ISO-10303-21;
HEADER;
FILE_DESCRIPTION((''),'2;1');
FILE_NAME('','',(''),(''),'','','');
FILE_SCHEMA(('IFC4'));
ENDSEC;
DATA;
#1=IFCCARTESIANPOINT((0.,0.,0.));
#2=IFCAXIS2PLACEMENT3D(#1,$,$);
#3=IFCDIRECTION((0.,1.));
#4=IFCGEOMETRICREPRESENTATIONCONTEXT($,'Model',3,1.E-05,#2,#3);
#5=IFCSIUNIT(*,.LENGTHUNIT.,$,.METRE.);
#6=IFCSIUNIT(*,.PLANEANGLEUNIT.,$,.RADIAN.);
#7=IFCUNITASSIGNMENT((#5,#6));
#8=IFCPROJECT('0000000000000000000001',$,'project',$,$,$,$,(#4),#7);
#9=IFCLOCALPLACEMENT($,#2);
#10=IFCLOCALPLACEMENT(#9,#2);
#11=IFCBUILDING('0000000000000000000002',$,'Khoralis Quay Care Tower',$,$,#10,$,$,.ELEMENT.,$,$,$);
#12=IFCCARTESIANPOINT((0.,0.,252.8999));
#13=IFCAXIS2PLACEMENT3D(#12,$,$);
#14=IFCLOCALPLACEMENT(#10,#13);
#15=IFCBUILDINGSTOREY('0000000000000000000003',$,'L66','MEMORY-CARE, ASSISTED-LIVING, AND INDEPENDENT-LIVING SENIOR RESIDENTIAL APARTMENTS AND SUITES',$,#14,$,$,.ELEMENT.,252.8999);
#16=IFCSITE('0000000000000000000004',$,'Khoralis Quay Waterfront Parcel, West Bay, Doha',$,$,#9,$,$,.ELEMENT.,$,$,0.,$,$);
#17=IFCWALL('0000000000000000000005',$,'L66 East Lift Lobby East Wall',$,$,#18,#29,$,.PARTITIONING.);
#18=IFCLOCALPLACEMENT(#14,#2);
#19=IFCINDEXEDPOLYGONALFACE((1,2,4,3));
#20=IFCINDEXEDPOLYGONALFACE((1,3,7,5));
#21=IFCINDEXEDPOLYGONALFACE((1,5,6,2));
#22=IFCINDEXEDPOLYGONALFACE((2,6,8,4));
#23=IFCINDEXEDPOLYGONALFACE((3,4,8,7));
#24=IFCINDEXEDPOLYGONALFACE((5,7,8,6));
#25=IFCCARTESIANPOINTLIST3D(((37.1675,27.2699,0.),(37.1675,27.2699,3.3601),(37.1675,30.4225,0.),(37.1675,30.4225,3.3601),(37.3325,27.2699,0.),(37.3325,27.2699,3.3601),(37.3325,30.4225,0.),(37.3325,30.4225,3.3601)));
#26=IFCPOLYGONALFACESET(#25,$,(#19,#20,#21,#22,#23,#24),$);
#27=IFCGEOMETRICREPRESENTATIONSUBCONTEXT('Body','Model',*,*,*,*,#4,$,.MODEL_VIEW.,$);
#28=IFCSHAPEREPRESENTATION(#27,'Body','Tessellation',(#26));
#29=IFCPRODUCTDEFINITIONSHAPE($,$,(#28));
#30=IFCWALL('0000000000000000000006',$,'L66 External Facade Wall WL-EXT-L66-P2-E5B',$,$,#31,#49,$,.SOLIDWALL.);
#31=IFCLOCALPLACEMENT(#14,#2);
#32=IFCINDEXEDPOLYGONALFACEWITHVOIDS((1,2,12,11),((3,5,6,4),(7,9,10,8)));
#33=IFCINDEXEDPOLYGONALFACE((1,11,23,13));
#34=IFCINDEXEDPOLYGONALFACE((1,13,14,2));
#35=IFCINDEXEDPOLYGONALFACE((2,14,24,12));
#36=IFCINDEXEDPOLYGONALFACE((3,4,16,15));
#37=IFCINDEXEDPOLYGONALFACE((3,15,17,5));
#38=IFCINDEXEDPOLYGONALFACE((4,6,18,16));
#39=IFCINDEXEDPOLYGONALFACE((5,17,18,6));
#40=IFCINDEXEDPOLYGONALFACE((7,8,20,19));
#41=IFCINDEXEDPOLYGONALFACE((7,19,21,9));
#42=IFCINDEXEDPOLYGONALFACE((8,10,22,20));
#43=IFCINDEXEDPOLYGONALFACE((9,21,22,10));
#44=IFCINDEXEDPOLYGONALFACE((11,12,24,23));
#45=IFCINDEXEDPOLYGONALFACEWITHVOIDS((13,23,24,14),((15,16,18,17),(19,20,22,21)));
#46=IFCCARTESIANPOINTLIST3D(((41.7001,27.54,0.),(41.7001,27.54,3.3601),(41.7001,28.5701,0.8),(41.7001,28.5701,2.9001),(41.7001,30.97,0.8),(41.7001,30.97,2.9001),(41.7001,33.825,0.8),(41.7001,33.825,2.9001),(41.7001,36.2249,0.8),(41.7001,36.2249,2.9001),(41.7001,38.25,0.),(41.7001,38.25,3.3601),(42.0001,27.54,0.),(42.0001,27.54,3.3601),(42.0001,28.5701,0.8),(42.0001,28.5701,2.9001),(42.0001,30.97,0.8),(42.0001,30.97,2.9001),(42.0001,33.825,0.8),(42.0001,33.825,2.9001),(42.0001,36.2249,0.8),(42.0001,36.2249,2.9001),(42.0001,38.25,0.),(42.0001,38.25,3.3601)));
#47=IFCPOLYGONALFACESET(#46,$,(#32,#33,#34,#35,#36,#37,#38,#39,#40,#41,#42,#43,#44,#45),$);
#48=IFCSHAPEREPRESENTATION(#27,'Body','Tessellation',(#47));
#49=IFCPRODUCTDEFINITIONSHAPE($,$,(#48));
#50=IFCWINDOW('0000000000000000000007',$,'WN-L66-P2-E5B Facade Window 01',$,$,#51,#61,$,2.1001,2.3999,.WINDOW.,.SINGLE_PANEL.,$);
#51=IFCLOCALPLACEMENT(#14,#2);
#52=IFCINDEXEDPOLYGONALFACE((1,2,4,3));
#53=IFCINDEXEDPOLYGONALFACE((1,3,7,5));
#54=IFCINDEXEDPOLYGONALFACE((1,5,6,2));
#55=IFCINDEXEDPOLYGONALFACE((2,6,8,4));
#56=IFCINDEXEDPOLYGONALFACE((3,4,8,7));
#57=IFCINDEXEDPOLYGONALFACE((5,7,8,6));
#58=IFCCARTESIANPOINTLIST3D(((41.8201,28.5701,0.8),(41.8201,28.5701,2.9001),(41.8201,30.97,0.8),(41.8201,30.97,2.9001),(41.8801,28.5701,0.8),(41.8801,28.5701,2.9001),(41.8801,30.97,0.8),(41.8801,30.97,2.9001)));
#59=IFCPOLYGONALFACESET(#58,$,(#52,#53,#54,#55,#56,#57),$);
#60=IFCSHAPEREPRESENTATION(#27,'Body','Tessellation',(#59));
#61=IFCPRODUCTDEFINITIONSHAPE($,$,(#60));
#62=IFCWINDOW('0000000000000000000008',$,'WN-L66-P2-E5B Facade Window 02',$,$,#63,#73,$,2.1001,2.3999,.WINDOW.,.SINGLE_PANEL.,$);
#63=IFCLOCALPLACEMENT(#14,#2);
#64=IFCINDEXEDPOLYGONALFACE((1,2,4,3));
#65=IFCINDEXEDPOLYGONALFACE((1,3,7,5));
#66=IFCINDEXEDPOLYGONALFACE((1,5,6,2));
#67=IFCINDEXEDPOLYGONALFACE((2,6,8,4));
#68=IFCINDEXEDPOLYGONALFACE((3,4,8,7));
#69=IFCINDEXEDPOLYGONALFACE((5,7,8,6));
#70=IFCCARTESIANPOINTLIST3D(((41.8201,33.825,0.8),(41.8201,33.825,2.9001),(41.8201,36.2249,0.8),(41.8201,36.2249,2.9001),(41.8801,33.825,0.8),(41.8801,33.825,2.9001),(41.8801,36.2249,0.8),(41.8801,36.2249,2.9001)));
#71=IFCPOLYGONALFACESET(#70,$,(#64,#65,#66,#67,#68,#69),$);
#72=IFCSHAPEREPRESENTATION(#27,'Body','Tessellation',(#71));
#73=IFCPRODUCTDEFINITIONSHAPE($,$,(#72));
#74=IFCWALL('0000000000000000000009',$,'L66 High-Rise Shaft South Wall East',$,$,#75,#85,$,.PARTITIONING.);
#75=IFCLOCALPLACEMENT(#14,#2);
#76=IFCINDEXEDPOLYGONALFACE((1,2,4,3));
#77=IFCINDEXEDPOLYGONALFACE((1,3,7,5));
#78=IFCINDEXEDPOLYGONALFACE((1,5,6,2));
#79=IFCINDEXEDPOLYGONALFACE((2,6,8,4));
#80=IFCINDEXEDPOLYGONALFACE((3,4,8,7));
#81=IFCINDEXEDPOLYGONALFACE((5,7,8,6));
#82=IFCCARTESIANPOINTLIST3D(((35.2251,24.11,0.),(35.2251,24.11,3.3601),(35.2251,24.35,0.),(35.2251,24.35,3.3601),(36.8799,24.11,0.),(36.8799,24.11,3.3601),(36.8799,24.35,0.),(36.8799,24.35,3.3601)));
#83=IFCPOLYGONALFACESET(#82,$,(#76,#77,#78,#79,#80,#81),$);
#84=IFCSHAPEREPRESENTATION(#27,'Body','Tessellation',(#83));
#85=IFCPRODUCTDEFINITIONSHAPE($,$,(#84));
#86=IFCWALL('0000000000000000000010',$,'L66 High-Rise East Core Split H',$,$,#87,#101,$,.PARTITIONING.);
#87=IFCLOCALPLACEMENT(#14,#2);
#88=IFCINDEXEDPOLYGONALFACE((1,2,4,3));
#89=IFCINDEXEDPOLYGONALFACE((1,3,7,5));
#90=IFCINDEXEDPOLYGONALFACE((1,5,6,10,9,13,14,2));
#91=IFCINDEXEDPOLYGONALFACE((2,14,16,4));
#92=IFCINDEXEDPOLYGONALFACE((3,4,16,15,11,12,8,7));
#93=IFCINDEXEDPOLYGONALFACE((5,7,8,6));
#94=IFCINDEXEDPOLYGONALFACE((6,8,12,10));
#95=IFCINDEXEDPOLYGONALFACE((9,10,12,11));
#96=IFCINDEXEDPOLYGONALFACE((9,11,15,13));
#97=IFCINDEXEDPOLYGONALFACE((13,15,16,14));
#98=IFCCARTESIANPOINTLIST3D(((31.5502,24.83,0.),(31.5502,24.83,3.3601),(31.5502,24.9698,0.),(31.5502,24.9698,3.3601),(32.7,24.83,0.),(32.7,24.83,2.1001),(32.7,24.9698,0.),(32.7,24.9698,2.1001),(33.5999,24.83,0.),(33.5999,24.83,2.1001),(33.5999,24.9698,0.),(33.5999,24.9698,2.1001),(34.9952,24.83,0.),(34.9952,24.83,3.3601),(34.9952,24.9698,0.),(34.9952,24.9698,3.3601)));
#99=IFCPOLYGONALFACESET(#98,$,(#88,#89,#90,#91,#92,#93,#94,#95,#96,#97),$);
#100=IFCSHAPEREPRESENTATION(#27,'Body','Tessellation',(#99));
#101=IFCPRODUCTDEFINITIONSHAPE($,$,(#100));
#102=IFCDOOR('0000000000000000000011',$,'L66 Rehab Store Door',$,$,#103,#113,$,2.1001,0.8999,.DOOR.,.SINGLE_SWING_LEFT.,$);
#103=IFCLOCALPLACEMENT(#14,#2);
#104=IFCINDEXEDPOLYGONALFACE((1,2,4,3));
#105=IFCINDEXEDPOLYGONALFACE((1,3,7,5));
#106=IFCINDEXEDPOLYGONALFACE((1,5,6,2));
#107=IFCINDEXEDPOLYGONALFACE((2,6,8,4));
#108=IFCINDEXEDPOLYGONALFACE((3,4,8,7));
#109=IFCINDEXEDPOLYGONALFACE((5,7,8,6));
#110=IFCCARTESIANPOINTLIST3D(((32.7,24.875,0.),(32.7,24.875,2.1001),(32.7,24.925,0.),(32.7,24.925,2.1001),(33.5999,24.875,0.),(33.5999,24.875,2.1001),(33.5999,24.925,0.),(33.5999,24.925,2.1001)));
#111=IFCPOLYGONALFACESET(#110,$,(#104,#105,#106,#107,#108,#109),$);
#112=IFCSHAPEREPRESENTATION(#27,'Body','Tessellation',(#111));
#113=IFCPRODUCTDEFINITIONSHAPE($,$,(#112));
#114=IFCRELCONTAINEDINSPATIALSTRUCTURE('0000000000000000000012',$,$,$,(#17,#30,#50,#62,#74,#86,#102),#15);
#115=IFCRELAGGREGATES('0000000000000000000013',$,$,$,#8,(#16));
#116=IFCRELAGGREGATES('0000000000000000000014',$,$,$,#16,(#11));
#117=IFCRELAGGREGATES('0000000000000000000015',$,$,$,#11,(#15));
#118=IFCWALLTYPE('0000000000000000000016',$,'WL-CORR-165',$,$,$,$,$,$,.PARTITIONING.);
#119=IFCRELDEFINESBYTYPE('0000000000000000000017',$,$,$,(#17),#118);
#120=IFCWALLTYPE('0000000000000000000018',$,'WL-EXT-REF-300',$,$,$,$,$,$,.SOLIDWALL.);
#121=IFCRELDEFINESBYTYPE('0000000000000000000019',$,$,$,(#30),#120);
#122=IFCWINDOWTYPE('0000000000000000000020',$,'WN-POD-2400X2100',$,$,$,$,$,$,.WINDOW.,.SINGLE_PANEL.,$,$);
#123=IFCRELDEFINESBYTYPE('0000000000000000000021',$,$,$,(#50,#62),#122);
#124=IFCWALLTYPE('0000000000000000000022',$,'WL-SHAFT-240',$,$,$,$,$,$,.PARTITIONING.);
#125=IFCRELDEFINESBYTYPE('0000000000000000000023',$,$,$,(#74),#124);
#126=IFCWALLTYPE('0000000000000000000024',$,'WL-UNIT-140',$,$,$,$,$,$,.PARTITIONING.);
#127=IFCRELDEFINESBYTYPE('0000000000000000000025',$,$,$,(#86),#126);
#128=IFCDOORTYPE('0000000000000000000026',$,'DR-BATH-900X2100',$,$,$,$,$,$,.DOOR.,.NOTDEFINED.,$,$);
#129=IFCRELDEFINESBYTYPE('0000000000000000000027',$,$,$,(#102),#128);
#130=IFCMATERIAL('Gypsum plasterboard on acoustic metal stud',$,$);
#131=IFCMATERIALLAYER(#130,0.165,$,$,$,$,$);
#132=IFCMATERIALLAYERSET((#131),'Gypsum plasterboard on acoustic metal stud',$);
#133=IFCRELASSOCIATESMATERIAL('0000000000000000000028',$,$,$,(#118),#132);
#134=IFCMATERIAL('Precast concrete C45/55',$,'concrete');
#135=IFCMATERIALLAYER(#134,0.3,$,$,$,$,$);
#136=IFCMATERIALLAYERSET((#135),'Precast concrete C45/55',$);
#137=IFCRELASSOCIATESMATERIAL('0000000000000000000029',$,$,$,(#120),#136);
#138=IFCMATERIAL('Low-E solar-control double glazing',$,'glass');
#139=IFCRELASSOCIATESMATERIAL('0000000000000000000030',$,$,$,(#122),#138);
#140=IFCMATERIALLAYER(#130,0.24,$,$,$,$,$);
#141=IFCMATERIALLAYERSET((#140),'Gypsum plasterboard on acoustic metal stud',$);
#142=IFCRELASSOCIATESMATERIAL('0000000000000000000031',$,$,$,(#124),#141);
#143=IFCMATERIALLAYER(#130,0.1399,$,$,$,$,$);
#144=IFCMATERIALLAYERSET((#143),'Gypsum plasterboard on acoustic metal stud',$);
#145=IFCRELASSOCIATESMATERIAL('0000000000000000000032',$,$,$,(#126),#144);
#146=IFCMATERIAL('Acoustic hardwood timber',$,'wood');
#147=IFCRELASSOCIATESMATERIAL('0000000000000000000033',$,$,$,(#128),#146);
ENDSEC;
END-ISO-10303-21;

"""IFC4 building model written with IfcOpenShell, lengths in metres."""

from ifc_helpers import new_model, si_unit, direction, frame, frame_2d, origin, place, context, subcontext, project, spatial, rectangle, extrude, source, transform, mapped, material, layer, layer_set, type_object, element, fill, save


model = new_model("IFC4")

# Units and contexts
model_context = context("Model", 3, precision=1e-05, world=origin(), true_north=direction((0.0, 1.0)))
body_context = subcontext(model_context, "Body", "Model", "MODEL_VIEW")
ifc_project = project(units=[si_unit("LENGTHUNIT", "METRE"), si_unit("PLANEANGLEUNIT", "RADIAN")], contexts=[model_context])

# Site, building, storey
site_placement = place(None, origin())
site = spatial("IfcSite", under=ifc_project, at=site_placement, Name="Khoralis Quay Waterfront Parcel, West Bay, Doha", CompositionType="ELEMENT", RefElevation=0.0)
building_placement = place(site_placement, origin())
building = spatial("IfcBuilding", under=site, at=building_placement, Name="Khoralis Quay Care Tower", CompositionType="ELEMENT")
storey_placement = place(building_placement, frame((0.0, 0.0, 252.8999)))
storey = spatial("IfcBuildingStorey", under=building, at=storey_placement, Name="L66", Description="MEMORY-CARE, ASSISTED-LIVING, AND INDEPENDENT-LIVING SENIOR RESIDENTIAL APARTMENTS AND SUITES", CompositionType="ELEMENT", Elevation=252.8999)

# Shared definitions
ifc_material_1 = material(Name="Low-E solar-control double glazing", Category="glass")

# Shared definitions
ifc_material_2 = material(Name="Acoustic hardwood timber", Category="wood")

# Wall
ifc_material_3 = material(Name="Gypsum plasterboard on acoustic metal stud")
ifc_layer_1 = layer(ifc_material_3, 0.165)
ifc_layer_set_1 = layer_set([ifc_layer_1], Name="Gypsum plasterboard on acoustic metal stud")
wall_type_1 = type_object("IfcWallType", Name="WL-CORR-165", PredefinedType="PARTITIONING", material=ifc_layer_set_1)
for number, where, z_axis, x_axis, name in (
    (1, (37.25, 27.27, 0.0), (0.0, 0.0, 1.0), (0.0, 1.0, 0.0), "L66 East Lift Lobby East Wall"),
):
    element("IfcWall", number, at=place(storey_placement, frame(where, z_axis=z_axis, x_axis=x_axis)), inside=storey, type_object=wall_type_1, Name=name, PredefinedType="PARTITIONING", context=body_context, shape_type="SweptSolid", body=[
        extrude(rectangle(XDim=3.1526, YDim=0.165, at=frame_2d((1.5762, 0.0))), origin(), (0.0, 0.0, 1.0), 3.3601),
    ])

# Wall, openings, windows
ifc_material_4 = material(Name="Precast concrete C45/55", Category="concrete")
ifc_layer_2 = layer(ifc_material_4, 0.3)
ifc_layer_set_2 = layer_set([ifc_layer_2], Name="Precast concrete C45/55")
wall_type_2 = type_object("IfcWallType", Name="WL-EXT-REF-300", PredefinedType="SOLIDWALL", material=ifc_layer_set_2)
wall_1_placement = place(storey_placement, frame((41.8501, 27.54, 0.0), z_axis=(0.0, 0.0, 1.0), x_axis=(0.0, 1.0, 0.0)))
wall_1 = element("IfcWall", 2, at=wall_1_placement, inside=storey, type_object=wall_type_2, Name="L66 External Facade Wall WL-EXT-L66-P2-E5B", PredefinedType="SOLIDWALL", context=body_context, shape_type="SweptSolid", body=[
    extrude(rectangle(XDim=10.71, YDim=0.3, at=frame_2d((5.355, 0.0))), origin(), (0.0, 0.0, 1.0), 3.3601),
])
opening_1_placement = place(wall_1_placement, frame((1.03, 0.0, 0.8)))
opening_1 = element("IfcOpeningElement", 3, at=opening_1_placement, cuts=wall_1, PredefinedType="OPENING", context=body_context, shape_type="SweptSolid", body=[
    extrude(rectangle(XDim=2.3999, YDim=2.1001, at=frame_2d((1.2, 1.05))), frame((0.0, 0.1602, 0.0), z_axis=(0.0, -1.0, 0.0), x_axis=(1.0, 0.0, 0.0)), (0.0, 0.0, 1.0), 0.3201),
])
opening_2_placement = place(wall_1_placement, frame((6.2849, 0.0, 0.8)))
opening_2 = element("IfcOpeningElement", 4, at=opening_2_placement, cuts=wall_1, PredefinedType="OPENING", context=body_context, shape_type="SweptSolid", body=[
    extrude(rectangle(XDim=2.3999, YDim=2.1001, at=frame_2d((1.2, 1.05))), frame((0.0, 0.1602, 0.0), z_axis=(0.0, -1.0, 0.0), x_axis=(1.0, 0.0, 0.0)), (0.0, 0.0, 1.0), 0.3201),
])
window_type = type_object("IfcWindowType", Name="WN-POD-2400X2100", PartitioningType="SINGLE_PANEL", PredefinedType="WINDOW", material=ifc_material_1)
shared_shape_1 = source(origin(), body_context, "Body", "SweptSolid", [
    extrude(rectangle(XDim=2.3999, YDim=2.1001, at=frame_2d((1.2, 1.05))), frame((0.0, 0.03, 0.0), z_axis=(0.0, -1.0, 0.0), x_axis=(1.0, 0.0, 0.0)), (0.0, 0.0, 1.0), 0.0601),
])
window_1_placement = place(opening_1_placement, origin())
window_1 = element("IfcWindow", 5, at=window_1_placement, inside=storey, type_object=window_type, Name="WN-L66-P2-E5B Facade Window 01", OverallHeight=2.1001, OverallWidth=2.3999, PartitioningType="SINGLE_PANEL", PredefinedType="WINDOW", context=body_context, shape_type="MappedRepresentation", body=[
    mapped(shared_shape_1, transform((0.0, 0.0, 0.0), scale=1.0)),
])
fill(opening_1, window_1)
window_2_placement = place(opening_2_placement, origin())
window_2 = element("IfcWindow", 6, at=window_2_placement, inside=storey, type_object=window_type, Name="WN-L66-P2-E5B Facade Window 02", OverallHeight=2.1001, OverallWidth=2.3999, PartitioningType="SINGLE_PANEL", PredefinedType="WINDOW", context=body_context, shape_type="MappedRepresentation", body=[
    mapped(shared_shape_1, transform((0.0, 0.0, 0.0), scale=1.0)),
])
fill(opening_2, window_2)

# Wall
ifc_layer_3 = layer(ifc_material_3, 0.24)
ifc_layer_set_3 = layer_set([ifc_layer_3], Name="Gypsum plasterboard on acoustic metal stud")
wall_type_3 = type_object("IfcWallType", Name="WL-SHAFT-240", PredefinedType="PARTITIONING", material=ifc_layer_set_3)
wall_2_placement = place(storey_placement, frame((35.2251, 24.23, 0.0), z_axis=(0.0, 0.0, 1.0), x_axis=(1.0, 0.0, 0.0)))
element("IfcWall", 7, at=wall_2_placement, inside=storey, type_object=wall_type_3, Name="L66 High-Rise Shaft South Wall East", PredefinedType="PARTITIONING", context=body_context, shape_type="SweptSolid", body=[
    extrude(rectangle(XDim=1.6548, YDim=0.24, at=frame_2d((0.8274, 0.0))), origin(), (0.0, 0.0, 1.0), 3.3601),
])

# Wall, opening, door
ifc_layer_4 = layer(ifc_material_3, 0.1399)
ifc_layer_set_4 = layer_set([ifc_layer_4], Name="Gypsum plasterboard on acoustic metal stud")
wall_type_4 = type_object("IfcWallType", Name="WL-UNIT-140", PredefinedType="PARTITIONING", material=ifc_layer_set_4)
wall_3_placement = place(storey_placement, frame((31.55, 24.8999, 0.0), z_axis=(0.0, 0.0, 1.0), x_axis=(1.0, 0.0, 0.0)))
wall_3 = element("IfcWall", 8, at=wall_3_placement, inside=storey, type_object=wall_type_4, Name="L66 High-Rise East Core Split H", PredefinedType="PARTITIONING", context=body_context, shape_type="SweptSolid", body=[
    extrude(rectangle(XDim=3.4451, YDim=0.1399, at=frame_2d((1.7227, 0.0))), origin(), (0.0, 0.0, 1.0), 3.3601),
])
opening_3_placement = place(wall_3_placement, frame((1.1499, 0.0, 0.0)))
opening_3 = element("IfcOpeningElement", 9, at=opening_3_placement, cuts=wall_3, PredefinedType="OPENING", context=body_context, shape_type="SweptSolid", body=[
    extrude(rectangle(XDim=0.8999, YDim=2.1001, at=frame_2d((0.45, 1.05))), frame((0.0, 0.0801, 0.0), z_axis=(0.0, -1.0, 0.0), x_axis=(1.0, 0.0, 0.0)), (0.0, 0.0, 1.0), 0.1599),
])
door_type_1 = type_object("IfcDoorType", Name="DR-BATH-900X2100", OperationType="NOTDEFINED", PredefinedType="DOOR", material=ifc_material_2)
shared_shape_2 = source(origin(), body_context, "Body", "SweptSolid", [
    extrude(rectangle(XDim=0.8999, YDim=2.1001, at=frame_2d((0.45, 1.05))), frame((0.0, 0.0249, 0.0), z_axis=(0.0, -1.0, 0.0), x_axis=(1.0, 0.0, 0.0)), (0.0, 0.0, 1.0), 0.05),
])
door_1_placement = place(opening_3_placement, frame((0.8999, 0.0, 0.0), z_axis=(0.0, 0.0, 1.0), x_axis=(-1.0, 0.0, 0.0)))
door_1 = element("IfcDoor", 10, at=door_1_placement, inside=storey, type_object=door_type_1, Name="L66 Rehab Store Door", OperationType="SINGLE_SWING_LEFT", OverallHeight=2.1001, OverallWidth=0.8999, PredefinedType="DOOR", context=body_context, shape_type="MappedRepresentation", body=[
    mapped(shared_shape_2, transform((0.0, 0.0, 0.0), scale=1.0)),
])
fill(opening_3, door_1)

save(model, "model.ifc")
